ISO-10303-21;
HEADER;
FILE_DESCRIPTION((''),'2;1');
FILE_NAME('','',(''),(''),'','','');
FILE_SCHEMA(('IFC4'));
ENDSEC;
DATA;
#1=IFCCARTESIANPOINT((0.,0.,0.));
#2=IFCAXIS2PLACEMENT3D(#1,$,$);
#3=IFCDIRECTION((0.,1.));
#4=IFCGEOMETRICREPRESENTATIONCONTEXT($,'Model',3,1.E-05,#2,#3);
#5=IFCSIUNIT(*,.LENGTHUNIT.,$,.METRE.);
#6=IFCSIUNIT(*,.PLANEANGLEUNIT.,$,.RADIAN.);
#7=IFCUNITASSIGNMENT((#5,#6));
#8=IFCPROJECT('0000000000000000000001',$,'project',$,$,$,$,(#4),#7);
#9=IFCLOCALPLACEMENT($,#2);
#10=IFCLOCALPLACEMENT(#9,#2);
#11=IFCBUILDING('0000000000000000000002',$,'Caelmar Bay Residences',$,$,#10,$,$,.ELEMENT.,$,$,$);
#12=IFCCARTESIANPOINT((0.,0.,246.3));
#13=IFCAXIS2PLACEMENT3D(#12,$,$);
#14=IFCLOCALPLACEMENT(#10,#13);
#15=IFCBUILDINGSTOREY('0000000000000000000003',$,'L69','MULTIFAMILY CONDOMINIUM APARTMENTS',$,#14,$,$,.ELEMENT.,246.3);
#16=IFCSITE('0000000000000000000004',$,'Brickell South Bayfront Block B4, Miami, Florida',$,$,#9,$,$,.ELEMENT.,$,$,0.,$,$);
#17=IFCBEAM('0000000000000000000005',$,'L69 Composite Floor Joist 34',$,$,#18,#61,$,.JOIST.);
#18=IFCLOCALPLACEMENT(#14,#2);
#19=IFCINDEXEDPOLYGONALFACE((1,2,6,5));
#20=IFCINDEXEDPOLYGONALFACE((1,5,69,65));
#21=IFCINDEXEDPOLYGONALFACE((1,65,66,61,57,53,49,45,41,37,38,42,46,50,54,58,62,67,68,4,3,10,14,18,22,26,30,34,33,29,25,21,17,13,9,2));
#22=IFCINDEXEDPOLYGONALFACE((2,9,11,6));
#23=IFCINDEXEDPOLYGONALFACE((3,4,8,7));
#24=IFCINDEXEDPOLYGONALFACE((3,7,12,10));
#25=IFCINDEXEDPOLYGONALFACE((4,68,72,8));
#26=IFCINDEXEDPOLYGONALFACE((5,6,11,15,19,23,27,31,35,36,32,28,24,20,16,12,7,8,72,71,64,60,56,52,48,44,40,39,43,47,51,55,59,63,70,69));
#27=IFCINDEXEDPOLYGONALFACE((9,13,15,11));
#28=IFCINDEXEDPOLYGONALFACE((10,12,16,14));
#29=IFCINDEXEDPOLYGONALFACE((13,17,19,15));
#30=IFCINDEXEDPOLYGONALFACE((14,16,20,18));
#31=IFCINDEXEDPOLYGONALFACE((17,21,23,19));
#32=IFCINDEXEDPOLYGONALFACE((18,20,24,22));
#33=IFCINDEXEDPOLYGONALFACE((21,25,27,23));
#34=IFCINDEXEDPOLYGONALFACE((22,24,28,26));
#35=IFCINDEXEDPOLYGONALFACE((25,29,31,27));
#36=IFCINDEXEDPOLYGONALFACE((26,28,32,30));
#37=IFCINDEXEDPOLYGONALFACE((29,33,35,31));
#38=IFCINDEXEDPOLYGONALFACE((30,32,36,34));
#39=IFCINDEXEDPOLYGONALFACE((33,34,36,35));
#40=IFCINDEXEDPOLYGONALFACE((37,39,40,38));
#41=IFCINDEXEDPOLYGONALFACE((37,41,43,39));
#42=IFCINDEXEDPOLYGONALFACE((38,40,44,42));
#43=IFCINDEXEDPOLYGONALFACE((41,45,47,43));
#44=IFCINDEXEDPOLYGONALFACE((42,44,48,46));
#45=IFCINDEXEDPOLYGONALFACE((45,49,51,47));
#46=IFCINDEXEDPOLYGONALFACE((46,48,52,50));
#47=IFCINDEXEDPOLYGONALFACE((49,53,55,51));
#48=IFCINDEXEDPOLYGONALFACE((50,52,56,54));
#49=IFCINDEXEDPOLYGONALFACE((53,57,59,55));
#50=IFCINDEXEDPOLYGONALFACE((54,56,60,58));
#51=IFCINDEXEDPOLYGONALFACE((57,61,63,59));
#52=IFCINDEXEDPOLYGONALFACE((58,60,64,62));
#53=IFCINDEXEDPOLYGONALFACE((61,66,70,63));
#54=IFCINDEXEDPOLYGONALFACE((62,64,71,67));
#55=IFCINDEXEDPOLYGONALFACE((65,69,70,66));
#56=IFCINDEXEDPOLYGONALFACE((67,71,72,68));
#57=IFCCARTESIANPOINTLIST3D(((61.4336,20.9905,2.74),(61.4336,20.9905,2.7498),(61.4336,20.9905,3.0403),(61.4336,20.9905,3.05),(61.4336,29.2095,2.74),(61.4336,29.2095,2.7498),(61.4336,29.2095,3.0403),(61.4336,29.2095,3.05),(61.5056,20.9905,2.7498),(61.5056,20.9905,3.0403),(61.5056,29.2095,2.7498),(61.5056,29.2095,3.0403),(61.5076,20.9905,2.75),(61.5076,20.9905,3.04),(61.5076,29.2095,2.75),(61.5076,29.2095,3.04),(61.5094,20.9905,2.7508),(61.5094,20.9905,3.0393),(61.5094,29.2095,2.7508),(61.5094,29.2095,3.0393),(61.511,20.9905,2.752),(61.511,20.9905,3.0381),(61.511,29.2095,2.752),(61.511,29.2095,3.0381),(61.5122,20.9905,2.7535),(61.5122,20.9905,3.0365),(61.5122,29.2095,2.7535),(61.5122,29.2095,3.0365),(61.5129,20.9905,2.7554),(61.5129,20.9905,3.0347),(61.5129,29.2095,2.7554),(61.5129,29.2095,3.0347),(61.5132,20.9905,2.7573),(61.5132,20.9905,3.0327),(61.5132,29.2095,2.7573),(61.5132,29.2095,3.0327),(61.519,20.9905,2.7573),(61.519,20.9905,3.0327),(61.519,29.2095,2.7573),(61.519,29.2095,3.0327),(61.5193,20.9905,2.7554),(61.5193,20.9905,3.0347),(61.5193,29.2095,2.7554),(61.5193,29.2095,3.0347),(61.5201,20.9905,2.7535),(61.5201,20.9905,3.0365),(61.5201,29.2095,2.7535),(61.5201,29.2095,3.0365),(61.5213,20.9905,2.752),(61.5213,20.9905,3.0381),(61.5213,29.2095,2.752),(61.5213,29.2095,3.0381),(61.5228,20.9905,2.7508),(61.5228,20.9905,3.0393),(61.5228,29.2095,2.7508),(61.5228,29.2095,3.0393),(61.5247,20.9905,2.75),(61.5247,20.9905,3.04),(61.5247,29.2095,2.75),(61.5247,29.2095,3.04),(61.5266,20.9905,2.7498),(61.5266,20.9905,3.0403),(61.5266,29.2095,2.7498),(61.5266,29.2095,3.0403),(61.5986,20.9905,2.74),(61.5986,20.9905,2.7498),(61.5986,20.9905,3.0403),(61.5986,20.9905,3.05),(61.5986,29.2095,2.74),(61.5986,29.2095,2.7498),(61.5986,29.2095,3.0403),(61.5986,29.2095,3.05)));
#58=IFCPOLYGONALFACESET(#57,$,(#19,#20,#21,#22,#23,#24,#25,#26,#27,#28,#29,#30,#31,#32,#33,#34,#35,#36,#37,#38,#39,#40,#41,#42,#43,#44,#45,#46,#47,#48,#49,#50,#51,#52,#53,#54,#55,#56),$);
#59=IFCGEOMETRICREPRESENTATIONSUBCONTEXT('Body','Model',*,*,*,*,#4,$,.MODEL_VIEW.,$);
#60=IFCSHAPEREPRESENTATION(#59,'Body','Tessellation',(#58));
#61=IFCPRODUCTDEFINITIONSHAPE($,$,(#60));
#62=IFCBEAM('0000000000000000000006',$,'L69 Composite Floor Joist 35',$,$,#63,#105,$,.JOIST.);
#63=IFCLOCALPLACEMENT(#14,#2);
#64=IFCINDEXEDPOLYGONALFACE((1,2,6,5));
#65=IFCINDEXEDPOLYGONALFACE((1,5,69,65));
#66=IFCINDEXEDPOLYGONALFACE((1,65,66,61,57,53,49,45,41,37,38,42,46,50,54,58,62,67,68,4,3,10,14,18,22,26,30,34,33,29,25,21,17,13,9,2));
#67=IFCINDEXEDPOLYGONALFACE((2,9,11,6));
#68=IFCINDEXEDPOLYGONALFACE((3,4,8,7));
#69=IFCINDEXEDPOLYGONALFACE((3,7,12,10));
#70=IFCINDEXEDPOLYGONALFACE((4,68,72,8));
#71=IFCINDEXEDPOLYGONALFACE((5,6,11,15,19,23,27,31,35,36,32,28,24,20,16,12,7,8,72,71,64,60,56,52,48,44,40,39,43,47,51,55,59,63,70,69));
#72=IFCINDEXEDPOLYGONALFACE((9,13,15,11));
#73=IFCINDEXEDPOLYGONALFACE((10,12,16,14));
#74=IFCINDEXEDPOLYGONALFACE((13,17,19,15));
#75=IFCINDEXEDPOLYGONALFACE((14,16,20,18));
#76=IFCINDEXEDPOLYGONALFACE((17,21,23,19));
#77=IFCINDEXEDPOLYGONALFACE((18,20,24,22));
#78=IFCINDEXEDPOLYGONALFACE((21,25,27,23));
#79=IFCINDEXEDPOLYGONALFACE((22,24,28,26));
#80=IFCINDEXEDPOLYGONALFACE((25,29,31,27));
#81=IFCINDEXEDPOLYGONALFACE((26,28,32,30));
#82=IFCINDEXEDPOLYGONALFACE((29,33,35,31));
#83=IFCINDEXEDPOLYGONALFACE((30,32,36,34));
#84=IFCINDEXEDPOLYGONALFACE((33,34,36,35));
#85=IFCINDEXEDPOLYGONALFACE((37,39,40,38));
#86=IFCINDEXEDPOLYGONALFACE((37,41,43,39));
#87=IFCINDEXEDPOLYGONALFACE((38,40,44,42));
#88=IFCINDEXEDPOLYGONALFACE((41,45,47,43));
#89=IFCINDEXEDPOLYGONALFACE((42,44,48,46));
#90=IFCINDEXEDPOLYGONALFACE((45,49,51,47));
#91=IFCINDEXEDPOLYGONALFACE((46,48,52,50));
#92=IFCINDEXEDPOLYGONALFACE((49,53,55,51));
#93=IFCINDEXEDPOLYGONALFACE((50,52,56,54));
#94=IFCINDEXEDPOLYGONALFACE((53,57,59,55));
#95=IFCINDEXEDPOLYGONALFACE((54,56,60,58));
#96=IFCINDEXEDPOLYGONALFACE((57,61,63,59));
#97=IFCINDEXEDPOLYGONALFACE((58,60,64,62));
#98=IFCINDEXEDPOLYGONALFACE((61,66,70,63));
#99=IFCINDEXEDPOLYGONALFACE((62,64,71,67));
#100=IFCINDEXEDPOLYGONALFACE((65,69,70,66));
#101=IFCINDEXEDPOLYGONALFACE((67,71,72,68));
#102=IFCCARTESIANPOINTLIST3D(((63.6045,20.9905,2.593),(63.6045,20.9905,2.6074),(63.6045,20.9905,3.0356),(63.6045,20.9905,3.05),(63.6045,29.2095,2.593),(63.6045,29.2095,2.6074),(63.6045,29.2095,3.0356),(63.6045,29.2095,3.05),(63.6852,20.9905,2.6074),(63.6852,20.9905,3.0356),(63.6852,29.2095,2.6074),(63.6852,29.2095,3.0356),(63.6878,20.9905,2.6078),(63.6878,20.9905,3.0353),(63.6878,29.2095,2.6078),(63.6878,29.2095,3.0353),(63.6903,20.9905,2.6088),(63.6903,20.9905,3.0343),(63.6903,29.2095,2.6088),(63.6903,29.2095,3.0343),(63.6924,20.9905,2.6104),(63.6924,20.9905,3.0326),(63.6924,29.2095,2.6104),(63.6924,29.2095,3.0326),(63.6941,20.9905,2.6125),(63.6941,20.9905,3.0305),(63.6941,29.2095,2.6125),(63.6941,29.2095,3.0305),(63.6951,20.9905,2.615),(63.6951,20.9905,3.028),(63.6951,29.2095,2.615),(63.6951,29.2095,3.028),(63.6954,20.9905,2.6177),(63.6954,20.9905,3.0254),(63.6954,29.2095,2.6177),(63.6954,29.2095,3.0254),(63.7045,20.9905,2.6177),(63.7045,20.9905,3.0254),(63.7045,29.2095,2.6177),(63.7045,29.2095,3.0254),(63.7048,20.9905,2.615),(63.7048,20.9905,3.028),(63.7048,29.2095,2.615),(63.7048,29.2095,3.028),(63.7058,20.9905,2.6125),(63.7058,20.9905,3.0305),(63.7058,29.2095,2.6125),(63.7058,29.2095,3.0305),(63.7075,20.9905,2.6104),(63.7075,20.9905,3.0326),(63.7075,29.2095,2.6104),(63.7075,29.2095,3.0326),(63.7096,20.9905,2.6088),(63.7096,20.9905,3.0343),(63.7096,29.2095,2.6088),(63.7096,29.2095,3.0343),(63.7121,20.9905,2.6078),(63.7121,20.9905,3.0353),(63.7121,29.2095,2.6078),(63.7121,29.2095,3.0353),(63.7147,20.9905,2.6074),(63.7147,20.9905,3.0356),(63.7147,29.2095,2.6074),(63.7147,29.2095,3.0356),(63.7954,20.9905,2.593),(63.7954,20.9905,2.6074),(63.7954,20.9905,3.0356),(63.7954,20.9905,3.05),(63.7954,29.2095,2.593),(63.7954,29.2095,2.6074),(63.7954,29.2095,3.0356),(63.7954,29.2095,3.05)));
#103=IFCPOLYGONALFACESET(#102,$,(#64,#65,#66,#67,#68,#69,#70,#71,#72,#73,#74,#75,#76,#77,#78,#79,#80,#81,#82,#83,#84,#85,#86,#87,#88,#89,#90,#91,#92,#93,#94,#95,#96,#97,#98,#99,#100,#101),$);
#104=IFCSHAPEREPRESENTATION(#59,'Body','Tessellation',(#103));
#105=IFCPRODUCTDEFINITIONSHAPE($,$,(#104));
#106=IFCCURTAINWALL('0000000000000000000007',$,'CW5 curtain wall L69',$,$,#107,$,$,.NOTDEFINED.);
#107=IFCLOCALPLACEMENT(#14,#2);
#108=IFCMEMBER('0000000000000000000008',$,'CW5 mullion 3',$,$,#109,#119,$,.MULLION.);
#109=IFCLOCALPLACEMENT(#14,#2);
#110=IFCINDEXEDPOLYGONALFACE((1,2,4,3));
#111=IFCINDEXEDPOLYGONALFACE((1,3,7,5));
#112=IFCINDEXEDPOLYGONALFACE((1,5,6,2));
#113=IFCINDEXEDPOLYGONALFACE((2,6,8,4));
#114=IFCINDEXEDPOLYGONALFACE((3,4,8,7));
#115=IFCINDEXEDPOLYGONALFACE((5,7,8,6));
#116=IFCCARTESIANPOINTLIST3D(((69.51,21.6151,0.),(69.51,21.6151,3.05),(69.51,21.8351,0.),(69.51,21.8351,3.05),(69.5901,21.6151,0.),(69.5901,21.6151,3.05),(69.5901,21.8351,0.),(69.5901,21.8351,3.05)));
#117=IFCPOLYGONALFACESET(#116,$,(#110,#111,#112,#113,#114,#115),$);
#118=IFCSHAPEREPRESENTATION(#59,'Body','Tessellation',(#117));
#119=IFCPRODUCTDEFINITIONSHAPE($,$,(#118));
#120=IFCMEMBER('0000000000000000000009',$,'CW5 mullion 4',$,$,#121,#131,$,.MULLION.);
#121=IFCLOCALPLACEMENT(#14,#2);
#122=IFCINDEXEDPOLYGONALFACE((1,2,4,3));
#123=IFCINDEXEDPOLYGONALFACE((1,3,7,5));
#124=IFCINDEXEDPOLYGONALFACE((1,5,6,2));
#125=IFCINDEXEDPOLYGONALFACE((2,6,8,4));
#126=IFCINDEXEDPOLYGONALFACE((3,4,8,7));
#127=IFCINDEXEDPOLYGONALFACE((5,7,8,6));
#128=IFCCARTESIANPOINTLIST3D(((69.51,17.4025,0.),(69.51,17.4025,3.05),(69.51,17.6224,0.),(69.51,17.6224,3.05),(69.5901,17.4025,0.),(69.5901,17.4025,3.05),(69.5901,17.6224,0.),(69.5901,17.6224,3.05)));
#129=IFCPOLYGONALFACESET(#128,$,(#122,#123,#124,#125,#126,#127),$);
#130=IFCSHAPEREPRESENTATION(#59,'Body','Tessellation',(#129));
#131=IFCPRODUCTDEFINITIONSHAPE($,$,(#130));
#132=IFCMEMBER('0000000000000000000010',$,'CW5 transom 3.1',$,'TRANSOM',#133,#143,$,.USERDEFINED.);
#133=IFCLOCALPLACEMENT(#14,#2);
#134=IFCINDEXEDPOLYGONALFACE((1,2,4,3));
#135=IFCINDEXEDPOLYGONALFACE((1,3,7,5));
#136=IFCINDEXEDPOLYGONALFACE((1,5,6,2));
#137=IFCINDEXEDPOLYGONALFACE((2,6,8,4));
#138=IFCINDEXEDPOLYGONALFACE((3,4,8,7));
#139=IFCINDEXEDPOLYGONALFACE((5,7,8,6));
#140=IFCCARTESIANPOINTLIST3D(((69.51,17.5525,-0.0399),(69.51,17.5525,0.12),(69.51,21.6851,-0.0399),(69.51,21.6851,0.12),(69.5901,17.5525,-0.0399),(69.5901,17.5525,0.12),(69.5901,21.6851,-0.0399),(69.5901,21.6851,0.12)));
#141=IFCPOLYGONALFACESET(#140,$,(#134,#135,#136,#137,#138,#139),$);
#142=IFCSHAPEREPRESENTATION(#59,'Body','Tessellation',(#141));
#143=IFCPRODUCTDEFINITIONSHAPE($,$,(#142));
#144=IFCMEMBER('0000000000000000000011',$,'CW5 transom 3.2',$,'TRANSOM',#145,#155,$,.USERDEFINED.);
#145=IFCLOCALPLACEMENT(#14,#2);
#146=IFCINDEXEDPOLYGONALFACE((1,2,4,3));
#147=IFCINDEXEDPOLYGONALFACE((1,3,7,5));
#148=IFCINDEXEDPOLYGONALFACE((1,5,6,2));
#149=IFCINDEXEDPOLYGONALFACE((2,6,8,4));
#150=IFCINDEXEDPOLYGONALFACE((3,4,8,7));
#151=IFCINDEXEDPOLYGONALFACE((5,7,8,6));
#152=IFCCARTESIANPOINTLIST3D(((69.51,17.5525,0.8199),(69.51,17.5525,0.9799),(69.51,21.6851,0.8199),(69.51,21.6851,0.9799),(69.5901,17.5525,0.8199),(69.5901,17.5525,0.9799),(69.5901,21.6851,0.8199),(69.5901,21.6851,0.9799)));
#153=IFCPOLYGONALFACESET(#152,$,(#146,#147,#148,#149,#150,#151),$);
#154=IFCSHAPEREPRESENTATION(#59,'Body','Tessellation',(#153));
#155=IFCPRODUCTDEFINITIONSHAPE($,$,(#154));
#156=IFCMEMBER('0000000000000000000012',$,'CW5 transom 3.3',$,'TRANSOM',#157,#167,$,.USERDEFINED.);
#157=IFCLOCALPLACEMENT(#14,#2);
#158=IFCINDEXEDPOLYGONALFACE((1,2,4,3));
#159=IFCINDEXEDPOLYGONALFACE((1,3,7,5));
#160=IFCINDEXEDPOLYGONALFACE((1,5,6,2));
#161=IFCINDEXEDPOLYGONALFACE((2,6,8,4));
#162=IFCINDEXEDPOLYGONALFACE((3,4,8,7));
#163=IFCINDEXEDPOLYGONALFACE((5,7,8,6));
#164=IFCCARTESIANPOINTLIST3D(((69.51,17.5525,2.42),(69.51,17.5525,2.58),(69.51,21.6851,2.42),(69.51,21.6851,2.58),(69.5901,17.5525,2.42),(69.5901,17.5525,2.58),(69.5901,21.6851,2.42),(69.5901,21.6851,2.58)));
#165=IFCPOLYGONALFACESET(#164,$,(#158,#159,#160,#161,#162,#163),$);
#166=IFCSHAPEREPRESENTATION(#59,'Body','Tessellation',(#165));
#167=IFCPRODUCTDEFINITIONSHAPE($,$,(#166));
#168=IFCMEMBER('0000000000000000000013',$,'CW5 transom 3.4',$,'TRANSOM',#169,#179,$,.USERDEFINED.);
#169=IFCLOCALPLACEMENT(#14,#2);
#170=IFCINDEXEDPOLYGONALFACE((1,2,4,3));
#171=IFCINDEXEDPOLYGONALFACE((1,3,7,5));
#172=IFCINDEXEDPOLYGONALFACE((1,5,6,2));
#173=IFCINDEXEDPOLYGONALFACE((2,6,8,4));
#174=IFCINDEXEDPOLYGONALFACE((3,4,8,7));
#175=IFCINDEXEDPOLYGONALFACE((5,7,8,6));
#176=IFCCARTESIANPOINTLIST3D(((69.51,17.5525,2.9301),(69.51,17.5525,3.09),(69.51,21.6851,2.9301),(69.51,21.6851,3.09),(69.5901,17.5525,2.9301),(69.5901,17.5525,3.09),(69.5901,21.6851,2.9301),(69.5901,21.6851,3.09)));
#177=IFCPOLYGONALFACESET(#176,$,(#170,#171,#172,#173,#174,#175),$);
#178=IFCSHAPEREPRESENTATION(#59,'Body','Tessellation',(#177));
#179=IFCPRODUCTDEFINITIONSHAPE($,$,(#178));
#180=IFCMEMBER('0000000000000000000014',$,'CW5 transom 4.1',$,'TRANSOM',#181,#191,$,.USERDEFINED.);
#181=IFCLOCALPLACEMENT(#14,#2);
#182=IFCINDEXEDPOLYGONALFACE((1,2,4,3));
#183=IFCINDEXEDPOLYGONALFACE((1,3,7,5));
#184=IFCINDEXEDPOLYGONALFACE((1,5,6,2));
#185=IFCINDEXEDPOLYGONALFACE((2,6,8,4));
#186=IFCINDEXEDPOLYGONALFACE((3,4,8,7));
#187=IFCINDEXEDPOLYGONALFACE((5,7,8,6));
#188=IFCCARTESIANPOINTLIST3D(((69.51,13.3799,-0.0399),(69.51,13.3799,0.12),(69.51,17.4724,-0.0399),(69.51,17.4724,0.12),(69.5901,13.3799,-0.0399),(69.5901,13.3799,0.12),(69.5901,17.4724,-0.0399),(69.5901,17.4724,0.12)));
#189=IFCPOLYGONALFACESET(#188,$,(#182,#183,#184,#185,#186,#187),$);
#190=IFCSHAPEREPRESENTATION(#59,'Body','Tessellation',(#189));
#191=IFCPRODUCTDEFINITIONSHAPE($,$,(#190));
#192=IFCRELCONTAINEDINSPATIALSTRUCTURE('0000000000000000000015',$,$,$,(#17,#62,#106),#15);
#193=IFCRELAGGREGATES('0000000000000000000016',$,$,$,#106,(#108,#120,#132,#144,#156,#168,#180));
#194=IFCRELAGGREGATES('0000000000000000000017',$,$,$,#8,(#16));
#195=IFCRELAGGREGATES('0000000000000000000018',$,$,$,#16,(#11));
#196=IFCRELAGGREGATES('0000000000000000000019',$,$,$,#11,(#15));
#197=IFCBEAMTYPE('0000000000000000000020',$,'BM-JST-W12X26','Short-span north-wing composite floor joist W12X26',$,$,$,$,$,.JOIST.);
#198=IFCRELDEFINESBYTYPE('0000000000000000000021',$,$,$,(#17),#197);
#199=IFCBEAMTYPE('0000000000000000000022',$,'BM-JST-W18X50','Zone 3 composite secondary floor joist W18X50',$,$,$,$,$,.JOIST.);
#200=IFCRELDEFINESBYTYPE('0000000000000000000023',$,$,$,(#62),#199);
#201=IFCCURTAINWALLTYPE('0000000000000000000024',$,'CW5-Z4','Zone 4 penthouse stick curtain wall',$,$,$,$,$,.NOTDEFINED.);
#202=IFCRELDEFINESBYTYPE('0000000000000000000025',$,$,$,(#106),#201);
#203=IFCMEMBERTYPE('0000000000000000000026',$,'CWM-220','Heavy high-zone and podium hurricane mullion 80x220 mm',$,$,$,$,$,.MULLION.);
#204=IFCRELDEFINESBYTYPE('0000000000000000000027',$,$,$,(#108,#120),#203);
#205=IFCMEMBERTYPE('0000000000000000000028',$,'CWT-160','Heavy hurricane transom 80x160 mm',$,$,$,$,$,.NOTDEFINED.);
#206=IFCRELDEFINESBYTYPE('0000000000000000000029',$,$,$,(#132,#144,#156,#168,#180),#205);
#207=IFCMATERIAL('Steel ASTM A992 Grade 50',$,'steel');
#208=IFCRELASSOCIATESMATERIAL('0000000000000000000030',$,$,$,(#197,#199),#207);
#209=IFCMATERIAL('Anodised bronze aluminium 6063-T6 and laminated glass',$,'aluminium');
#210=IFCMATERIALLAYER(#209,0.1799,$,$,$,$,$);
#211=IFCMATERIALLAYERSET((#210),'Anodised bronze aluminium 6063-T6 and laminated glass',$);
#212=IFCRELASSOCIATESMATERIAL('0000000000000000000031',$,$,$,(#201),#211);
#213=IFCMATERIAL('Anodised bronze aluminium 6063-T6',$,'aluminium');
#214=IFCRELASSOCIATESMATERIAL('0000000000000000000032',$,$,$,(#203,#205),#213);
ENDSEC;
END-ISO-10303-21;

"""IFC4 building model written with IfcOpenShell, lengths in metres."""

from ifc_helpers import new_model, si_unit, direction, frame, origin, origin_2d, place, context, subcontext, project, spatial, rectangle, i_section, extrude, material, layer, layer_set, material_profile, profile_set, type_object, element, aggregate, save


model = new_model("IFC4")

# Units and contexts
model_context = context("Model", 3, precision=1e-05, world=origin(), true_north=direction((0.0, 1.0)))
body_context = subcontext(model_context, "Body", "Model", "MODEL_VIEW")
ifc_project = project(units=[si_unit("LENGTHUNIT", "METRE"), si_unit("PLANEANGLEUNIT", "RADIAN")], contexts=[model_context])

# Site, building, storey
site_placement = place(None, origin())
site = spatial("IfcSite", under=ifc_project, at=site_placement, Name="Brickell South Bayfront Block B4, Miami, Florida", CompositionType="ELEMENT", RefElevation=0.0)
building_placement = place(site_placement, origin())
building = spatial("IfcBuilding", under=site, at=building_placement, Name="Caelmar Bay Residences", CompositionType="ELEMENT")
storey_placement = place(building_placement, frame((0.0, 0.0, 246.3)))
storey = spatial("IfcBuildingStorey", under=building, at=storey_placement, Name="L69", Description="MULTIFAMILY CONDOMINIUM APARTMENTS", CompositionType="ELEMENT", Elevation=246.3)

# Beams
ifc_material_1 = material(Name="Steel ASTM A992 Grade 50", Category="steel")
ifc_material_profile_1 = material_profile(ifc_material_1, i_section(OverallWidth=0.165, OverallDepth=0.3101, WebThickness=0.0059, FlangeThickness=0.0098, FilletRadius=0.0076, at=origin_2d()), Name="W12X26")
ifc_profile_set_1 = profile_set([ifc_material_profile_1], Name="Steel ASTM A992 Grade 50")
beam_type_1 = type_object("IfcBeamType", Name="BM-JST-W12X26", Description="Short-span north-wing composite floor joist W12X26", PredefinedType="JOIST", material=ifc_profile_set_1)
beam_1_placement = place(storey_placement, frame((61.5161, 20.9905, 2.895), z_axis=(0.0, 1.0, 0.0), x_axis=(-1.0, 0.0, 0.0)))
element("IfcBeam", 1, at=beam_1_placement, inside=storey, type_object=beam_type_1, Name="L69 Composite Floor Joist 34", PredefinedType="JOIST", context=body_context, shape_type="SweptSolid", body=[
    extrude(i_section(OverallWidth=0.165, OverallDepth=0.3101, WebThickness=0.0059, FlangeThickness=0.0098, FilletRadius=0.0076, at=origin_2d()), origin(), (0.0, 0.0, 1.0), 8.219),
])
ifc_material_profile_2 = material_profile(ifc_material_1, i_section(OverallWidth=0.1909, OverallDepth=0.457, WebThickness=0.009, FlangeThickness=0.0144, FilletRadius=0.0103, at=origin_2d()), Name="W18X50")
ifc_profile_set_2 = profile_set([ifc_material_profile_2], Name="Steel ASTM A992 Grade 50")
beam_type_2 = type_object("IfcBeamType", Name="BM-JST-W18X50", Description="Zone 3 composite secondary floor joist W18X50", PredefinedType="JOIST", material=ifc_profile_set_2)
beam_2_placement = place(storey_placement, frame((63.7, 20.9905, 2.8215), z_axis=(0.0, 1.0, 0.0), x_axis=(-1.0, 0.0, 0.0)))
element("IfcBeam", 2, at=beam_2_placement, inside=storey, type_object=beam_type_2, Name="L69 Composite Floor Joist 35", PredefinedType="JOIST", context=body_context, shape_type="SweptSolid", body=[
    extrude(i_section(OverallWidth=0.1909, OverallDepth=0.457, WebThickness=0.009, FlangeThickness=0.0144, FilletRadius=0.0103, at=origin_2d()), origin(), (0.0, 0.0, 1.0), 8.219),
])

# Curtain wall, members
ifc_material_2 = material(Name="Anodised bronze aluminium 6063-T6 and laminated glass", Category="aluminium")
ifc_layer_1 = layer(ifc_material_2, 0.1799)
ifc_layer_set_1 = layer_set([ifc_layer_1], Name="Anodised bronze aluminium 6063-T6 and laminated glass")
curtain_wall_type = type_object("IfcCurtainWallType", Name="CW5-Z4", Description="Zone 4 penthouse stick curtain wall", PredefinedType="NOTDEFINED", material=ifc_layer_set_1)
curtain_wall_placement = place(storey_placement, origin())
curtain_wall = element("IfcCurtainWall", 3, at=curtain_wall_placement, inside=storey, type_object=curtain_wall_type, Name="CW5 curtain wall L69", PredefinedType="NOTDEFINED")
ifc_material_3 = material(Name="Anodised bronze aluminium 6063-T6", Category="aluminium")
ifc_material_profile_3 = material_profile(ifc_material_3, rectangle(XDim=0.0801, YDim=0.22, at=origin_2d()), Name="CWM-80X220")
ifc_profile_set_3 = profile_set([ifc_material_profile_3], Name="Anodised bronze aluminium 6063-T6")
member_type_1 = type_object("IfcMemberType", Name="CWM-220", Description="Heavy high-zone and podium hurricane mullion 80x220 mm", PredefinedType="MULLION", material=ifc_profile_set_3)
member_1_placement = place(storey_placement, frame((69.55, 21.7251, 0.0), z_axis=(0.0, 0.0, 1.0), x_axis=(1.0, 0.0, 0.0)))
member_1 = element("IfcMember", 4, at=member_1_placement, type_object=member_type_1, Name="CW5 mullion 3", PredefinedType="MULLION", context=body_context, shape_type="SweptSolid", body=[
    extrude(rectangle(XDim=0.0801, YDim=0.22, at=origin_2d()), origin(), (0.0, 0.0, 1.0), 3.05),
])
member_2_placement = place(storey_placement, frame((69.55, 17.5125, 0.0), z_axis=(0.0, 0.0, 1.0), x_axis=(1.0, 0.0, 0.0)))
member_2 = element("IfcMember", 5, at=member_2_placement, type_object=member_type_1, Name="CW5 mullion 4", PredefinedType="MULLION", context=body_context, shape_type="SweptSolid", body=[
    extrude(rectangle(XDim=0.0801, YDim=0.22, at=origin_2d()), origin(), (0.0, 0.0, 1.0), 3.05),
])
ifc_material_profile_4 = material_profile(ifc_material_3, rectangle(XDim=0.0801, YDim=0.1599, at=origin_2d()), Name="CWT-80X160")
ifc_profile_set_4 = profile_set([ifc_material_profile_4], Name="Anodised bronze aluminium 6063-T6")
member_type_2 = type_object("IfcMemberType", Name="CWT-160", Description="Heavy hurricane transom 80x160 mm", PredefinedType="NOTDEFINED", material=ifc_profile_set_4)
member_3_placement = place(storey_placement, frame((69.55, 21.6851, 0.04), z_axis=(0.0, -1.0, 0.0), x_axis=(1.0, 0.0, 0.0)))
member_3 = element("IfcMember", 6, at=member_3_placement, type_object=member_type_2, Name="CW5 transom 3.1", ObjectType="TRANSOM", PredefinedType="USERDEFINED", context=body_context, shape_type="SweptSolid", body=[
    extrude(rectangle(XDim=0.0801, YDim=0.1599, at=origin_2d()), origin(), (0.0, 0.0, 1.0), 4.1326),
])
member_4_placement = place(storey_placement, frame((69.55, 21.6851, 0.8999), z_axis=(0.0, -1.0, 0.0), x_axis=(1.0, 0.0, 0.0)))
member_4 = element("IfcMember", 7, at=member_4_placement, type_object=member_type_2, Name="CW5 transom 3.2", ObjectType="TRANSOM", PredefinedType="USERDEFINED", context=body_context, shape_type="SweptSolid", body=[
    extrude(rectangle(XDim=0.0801, YDim=0.1599, at=origin_2d()), origin(), (0.0, 0.0, 1.0), 4.1326),
])
member_5_placement = place(storey_placement, frame((69.55, 21.6851, 2.5), z_axis=(0.0, -1.0, 0.0), x_axis=(1.0, 0.0, 0.0)))
member_5 = element("IfcMember", 8, at=member_5_placement, type_object=member_type_2, Name="CW5 transom 3.3", ObjectType="TRANSOM", PredefinedType="USERDEFINED", context=body_context, shape_type="SweptSolid", body=[
    extrude(rectangle(XDim=0.0801, YDim=0.1599, at=origin_2d()), origin(), (0.0, 0.0, 1.0), 4.1326),
])
member_6_placement = place(storey_placement, frame((69.55, 21.6851, 3.01), z_axis=(0.0, -1.0, 0.0), x_axis=(1.0, 0.0, 0.0)))
member_6 = element("IfcMember", 9, at=member_6_placement, type_object=member_type_2, Name="CW5 transom 3.4", ObjectType="TRANSOM", PredefinedType="USERDEFINED", context=body_context, shape_type="SweptSolid", body=[
    extrude(rectangle(XDim=0.0801, YDim=0.1599, at=origin_2d()), origin(), (0.0, 0.0, 1.0), 4.1326),
])
member_7_placement = place(storey_placement, frame((69.55, 17.4724, 0.04), z_axis=(0.0, -1.0, 0.0), x_axis=(1.0, 0.0, 0.0)))
member_7 = element("IfcMember", 10, at=member_7_placement, type_object=member_type_2, Name="CW5 transom 4.1", ObjectType="TRANSOM", PredefinedType="USERDEFINED", context=body_context, shape_type="SweptSolid", body=[
    extrude(rectangle(XDim=0.0801, YDim=0.1599, at=origin_2d()), origin(), (0.0, 0.0, 1.0), 4.0925),
])
aggregate(curtain_wall, [member_1, member_2, member_3, member_4, member_5, member_6, member_7])

save(model, "model.ifc")
